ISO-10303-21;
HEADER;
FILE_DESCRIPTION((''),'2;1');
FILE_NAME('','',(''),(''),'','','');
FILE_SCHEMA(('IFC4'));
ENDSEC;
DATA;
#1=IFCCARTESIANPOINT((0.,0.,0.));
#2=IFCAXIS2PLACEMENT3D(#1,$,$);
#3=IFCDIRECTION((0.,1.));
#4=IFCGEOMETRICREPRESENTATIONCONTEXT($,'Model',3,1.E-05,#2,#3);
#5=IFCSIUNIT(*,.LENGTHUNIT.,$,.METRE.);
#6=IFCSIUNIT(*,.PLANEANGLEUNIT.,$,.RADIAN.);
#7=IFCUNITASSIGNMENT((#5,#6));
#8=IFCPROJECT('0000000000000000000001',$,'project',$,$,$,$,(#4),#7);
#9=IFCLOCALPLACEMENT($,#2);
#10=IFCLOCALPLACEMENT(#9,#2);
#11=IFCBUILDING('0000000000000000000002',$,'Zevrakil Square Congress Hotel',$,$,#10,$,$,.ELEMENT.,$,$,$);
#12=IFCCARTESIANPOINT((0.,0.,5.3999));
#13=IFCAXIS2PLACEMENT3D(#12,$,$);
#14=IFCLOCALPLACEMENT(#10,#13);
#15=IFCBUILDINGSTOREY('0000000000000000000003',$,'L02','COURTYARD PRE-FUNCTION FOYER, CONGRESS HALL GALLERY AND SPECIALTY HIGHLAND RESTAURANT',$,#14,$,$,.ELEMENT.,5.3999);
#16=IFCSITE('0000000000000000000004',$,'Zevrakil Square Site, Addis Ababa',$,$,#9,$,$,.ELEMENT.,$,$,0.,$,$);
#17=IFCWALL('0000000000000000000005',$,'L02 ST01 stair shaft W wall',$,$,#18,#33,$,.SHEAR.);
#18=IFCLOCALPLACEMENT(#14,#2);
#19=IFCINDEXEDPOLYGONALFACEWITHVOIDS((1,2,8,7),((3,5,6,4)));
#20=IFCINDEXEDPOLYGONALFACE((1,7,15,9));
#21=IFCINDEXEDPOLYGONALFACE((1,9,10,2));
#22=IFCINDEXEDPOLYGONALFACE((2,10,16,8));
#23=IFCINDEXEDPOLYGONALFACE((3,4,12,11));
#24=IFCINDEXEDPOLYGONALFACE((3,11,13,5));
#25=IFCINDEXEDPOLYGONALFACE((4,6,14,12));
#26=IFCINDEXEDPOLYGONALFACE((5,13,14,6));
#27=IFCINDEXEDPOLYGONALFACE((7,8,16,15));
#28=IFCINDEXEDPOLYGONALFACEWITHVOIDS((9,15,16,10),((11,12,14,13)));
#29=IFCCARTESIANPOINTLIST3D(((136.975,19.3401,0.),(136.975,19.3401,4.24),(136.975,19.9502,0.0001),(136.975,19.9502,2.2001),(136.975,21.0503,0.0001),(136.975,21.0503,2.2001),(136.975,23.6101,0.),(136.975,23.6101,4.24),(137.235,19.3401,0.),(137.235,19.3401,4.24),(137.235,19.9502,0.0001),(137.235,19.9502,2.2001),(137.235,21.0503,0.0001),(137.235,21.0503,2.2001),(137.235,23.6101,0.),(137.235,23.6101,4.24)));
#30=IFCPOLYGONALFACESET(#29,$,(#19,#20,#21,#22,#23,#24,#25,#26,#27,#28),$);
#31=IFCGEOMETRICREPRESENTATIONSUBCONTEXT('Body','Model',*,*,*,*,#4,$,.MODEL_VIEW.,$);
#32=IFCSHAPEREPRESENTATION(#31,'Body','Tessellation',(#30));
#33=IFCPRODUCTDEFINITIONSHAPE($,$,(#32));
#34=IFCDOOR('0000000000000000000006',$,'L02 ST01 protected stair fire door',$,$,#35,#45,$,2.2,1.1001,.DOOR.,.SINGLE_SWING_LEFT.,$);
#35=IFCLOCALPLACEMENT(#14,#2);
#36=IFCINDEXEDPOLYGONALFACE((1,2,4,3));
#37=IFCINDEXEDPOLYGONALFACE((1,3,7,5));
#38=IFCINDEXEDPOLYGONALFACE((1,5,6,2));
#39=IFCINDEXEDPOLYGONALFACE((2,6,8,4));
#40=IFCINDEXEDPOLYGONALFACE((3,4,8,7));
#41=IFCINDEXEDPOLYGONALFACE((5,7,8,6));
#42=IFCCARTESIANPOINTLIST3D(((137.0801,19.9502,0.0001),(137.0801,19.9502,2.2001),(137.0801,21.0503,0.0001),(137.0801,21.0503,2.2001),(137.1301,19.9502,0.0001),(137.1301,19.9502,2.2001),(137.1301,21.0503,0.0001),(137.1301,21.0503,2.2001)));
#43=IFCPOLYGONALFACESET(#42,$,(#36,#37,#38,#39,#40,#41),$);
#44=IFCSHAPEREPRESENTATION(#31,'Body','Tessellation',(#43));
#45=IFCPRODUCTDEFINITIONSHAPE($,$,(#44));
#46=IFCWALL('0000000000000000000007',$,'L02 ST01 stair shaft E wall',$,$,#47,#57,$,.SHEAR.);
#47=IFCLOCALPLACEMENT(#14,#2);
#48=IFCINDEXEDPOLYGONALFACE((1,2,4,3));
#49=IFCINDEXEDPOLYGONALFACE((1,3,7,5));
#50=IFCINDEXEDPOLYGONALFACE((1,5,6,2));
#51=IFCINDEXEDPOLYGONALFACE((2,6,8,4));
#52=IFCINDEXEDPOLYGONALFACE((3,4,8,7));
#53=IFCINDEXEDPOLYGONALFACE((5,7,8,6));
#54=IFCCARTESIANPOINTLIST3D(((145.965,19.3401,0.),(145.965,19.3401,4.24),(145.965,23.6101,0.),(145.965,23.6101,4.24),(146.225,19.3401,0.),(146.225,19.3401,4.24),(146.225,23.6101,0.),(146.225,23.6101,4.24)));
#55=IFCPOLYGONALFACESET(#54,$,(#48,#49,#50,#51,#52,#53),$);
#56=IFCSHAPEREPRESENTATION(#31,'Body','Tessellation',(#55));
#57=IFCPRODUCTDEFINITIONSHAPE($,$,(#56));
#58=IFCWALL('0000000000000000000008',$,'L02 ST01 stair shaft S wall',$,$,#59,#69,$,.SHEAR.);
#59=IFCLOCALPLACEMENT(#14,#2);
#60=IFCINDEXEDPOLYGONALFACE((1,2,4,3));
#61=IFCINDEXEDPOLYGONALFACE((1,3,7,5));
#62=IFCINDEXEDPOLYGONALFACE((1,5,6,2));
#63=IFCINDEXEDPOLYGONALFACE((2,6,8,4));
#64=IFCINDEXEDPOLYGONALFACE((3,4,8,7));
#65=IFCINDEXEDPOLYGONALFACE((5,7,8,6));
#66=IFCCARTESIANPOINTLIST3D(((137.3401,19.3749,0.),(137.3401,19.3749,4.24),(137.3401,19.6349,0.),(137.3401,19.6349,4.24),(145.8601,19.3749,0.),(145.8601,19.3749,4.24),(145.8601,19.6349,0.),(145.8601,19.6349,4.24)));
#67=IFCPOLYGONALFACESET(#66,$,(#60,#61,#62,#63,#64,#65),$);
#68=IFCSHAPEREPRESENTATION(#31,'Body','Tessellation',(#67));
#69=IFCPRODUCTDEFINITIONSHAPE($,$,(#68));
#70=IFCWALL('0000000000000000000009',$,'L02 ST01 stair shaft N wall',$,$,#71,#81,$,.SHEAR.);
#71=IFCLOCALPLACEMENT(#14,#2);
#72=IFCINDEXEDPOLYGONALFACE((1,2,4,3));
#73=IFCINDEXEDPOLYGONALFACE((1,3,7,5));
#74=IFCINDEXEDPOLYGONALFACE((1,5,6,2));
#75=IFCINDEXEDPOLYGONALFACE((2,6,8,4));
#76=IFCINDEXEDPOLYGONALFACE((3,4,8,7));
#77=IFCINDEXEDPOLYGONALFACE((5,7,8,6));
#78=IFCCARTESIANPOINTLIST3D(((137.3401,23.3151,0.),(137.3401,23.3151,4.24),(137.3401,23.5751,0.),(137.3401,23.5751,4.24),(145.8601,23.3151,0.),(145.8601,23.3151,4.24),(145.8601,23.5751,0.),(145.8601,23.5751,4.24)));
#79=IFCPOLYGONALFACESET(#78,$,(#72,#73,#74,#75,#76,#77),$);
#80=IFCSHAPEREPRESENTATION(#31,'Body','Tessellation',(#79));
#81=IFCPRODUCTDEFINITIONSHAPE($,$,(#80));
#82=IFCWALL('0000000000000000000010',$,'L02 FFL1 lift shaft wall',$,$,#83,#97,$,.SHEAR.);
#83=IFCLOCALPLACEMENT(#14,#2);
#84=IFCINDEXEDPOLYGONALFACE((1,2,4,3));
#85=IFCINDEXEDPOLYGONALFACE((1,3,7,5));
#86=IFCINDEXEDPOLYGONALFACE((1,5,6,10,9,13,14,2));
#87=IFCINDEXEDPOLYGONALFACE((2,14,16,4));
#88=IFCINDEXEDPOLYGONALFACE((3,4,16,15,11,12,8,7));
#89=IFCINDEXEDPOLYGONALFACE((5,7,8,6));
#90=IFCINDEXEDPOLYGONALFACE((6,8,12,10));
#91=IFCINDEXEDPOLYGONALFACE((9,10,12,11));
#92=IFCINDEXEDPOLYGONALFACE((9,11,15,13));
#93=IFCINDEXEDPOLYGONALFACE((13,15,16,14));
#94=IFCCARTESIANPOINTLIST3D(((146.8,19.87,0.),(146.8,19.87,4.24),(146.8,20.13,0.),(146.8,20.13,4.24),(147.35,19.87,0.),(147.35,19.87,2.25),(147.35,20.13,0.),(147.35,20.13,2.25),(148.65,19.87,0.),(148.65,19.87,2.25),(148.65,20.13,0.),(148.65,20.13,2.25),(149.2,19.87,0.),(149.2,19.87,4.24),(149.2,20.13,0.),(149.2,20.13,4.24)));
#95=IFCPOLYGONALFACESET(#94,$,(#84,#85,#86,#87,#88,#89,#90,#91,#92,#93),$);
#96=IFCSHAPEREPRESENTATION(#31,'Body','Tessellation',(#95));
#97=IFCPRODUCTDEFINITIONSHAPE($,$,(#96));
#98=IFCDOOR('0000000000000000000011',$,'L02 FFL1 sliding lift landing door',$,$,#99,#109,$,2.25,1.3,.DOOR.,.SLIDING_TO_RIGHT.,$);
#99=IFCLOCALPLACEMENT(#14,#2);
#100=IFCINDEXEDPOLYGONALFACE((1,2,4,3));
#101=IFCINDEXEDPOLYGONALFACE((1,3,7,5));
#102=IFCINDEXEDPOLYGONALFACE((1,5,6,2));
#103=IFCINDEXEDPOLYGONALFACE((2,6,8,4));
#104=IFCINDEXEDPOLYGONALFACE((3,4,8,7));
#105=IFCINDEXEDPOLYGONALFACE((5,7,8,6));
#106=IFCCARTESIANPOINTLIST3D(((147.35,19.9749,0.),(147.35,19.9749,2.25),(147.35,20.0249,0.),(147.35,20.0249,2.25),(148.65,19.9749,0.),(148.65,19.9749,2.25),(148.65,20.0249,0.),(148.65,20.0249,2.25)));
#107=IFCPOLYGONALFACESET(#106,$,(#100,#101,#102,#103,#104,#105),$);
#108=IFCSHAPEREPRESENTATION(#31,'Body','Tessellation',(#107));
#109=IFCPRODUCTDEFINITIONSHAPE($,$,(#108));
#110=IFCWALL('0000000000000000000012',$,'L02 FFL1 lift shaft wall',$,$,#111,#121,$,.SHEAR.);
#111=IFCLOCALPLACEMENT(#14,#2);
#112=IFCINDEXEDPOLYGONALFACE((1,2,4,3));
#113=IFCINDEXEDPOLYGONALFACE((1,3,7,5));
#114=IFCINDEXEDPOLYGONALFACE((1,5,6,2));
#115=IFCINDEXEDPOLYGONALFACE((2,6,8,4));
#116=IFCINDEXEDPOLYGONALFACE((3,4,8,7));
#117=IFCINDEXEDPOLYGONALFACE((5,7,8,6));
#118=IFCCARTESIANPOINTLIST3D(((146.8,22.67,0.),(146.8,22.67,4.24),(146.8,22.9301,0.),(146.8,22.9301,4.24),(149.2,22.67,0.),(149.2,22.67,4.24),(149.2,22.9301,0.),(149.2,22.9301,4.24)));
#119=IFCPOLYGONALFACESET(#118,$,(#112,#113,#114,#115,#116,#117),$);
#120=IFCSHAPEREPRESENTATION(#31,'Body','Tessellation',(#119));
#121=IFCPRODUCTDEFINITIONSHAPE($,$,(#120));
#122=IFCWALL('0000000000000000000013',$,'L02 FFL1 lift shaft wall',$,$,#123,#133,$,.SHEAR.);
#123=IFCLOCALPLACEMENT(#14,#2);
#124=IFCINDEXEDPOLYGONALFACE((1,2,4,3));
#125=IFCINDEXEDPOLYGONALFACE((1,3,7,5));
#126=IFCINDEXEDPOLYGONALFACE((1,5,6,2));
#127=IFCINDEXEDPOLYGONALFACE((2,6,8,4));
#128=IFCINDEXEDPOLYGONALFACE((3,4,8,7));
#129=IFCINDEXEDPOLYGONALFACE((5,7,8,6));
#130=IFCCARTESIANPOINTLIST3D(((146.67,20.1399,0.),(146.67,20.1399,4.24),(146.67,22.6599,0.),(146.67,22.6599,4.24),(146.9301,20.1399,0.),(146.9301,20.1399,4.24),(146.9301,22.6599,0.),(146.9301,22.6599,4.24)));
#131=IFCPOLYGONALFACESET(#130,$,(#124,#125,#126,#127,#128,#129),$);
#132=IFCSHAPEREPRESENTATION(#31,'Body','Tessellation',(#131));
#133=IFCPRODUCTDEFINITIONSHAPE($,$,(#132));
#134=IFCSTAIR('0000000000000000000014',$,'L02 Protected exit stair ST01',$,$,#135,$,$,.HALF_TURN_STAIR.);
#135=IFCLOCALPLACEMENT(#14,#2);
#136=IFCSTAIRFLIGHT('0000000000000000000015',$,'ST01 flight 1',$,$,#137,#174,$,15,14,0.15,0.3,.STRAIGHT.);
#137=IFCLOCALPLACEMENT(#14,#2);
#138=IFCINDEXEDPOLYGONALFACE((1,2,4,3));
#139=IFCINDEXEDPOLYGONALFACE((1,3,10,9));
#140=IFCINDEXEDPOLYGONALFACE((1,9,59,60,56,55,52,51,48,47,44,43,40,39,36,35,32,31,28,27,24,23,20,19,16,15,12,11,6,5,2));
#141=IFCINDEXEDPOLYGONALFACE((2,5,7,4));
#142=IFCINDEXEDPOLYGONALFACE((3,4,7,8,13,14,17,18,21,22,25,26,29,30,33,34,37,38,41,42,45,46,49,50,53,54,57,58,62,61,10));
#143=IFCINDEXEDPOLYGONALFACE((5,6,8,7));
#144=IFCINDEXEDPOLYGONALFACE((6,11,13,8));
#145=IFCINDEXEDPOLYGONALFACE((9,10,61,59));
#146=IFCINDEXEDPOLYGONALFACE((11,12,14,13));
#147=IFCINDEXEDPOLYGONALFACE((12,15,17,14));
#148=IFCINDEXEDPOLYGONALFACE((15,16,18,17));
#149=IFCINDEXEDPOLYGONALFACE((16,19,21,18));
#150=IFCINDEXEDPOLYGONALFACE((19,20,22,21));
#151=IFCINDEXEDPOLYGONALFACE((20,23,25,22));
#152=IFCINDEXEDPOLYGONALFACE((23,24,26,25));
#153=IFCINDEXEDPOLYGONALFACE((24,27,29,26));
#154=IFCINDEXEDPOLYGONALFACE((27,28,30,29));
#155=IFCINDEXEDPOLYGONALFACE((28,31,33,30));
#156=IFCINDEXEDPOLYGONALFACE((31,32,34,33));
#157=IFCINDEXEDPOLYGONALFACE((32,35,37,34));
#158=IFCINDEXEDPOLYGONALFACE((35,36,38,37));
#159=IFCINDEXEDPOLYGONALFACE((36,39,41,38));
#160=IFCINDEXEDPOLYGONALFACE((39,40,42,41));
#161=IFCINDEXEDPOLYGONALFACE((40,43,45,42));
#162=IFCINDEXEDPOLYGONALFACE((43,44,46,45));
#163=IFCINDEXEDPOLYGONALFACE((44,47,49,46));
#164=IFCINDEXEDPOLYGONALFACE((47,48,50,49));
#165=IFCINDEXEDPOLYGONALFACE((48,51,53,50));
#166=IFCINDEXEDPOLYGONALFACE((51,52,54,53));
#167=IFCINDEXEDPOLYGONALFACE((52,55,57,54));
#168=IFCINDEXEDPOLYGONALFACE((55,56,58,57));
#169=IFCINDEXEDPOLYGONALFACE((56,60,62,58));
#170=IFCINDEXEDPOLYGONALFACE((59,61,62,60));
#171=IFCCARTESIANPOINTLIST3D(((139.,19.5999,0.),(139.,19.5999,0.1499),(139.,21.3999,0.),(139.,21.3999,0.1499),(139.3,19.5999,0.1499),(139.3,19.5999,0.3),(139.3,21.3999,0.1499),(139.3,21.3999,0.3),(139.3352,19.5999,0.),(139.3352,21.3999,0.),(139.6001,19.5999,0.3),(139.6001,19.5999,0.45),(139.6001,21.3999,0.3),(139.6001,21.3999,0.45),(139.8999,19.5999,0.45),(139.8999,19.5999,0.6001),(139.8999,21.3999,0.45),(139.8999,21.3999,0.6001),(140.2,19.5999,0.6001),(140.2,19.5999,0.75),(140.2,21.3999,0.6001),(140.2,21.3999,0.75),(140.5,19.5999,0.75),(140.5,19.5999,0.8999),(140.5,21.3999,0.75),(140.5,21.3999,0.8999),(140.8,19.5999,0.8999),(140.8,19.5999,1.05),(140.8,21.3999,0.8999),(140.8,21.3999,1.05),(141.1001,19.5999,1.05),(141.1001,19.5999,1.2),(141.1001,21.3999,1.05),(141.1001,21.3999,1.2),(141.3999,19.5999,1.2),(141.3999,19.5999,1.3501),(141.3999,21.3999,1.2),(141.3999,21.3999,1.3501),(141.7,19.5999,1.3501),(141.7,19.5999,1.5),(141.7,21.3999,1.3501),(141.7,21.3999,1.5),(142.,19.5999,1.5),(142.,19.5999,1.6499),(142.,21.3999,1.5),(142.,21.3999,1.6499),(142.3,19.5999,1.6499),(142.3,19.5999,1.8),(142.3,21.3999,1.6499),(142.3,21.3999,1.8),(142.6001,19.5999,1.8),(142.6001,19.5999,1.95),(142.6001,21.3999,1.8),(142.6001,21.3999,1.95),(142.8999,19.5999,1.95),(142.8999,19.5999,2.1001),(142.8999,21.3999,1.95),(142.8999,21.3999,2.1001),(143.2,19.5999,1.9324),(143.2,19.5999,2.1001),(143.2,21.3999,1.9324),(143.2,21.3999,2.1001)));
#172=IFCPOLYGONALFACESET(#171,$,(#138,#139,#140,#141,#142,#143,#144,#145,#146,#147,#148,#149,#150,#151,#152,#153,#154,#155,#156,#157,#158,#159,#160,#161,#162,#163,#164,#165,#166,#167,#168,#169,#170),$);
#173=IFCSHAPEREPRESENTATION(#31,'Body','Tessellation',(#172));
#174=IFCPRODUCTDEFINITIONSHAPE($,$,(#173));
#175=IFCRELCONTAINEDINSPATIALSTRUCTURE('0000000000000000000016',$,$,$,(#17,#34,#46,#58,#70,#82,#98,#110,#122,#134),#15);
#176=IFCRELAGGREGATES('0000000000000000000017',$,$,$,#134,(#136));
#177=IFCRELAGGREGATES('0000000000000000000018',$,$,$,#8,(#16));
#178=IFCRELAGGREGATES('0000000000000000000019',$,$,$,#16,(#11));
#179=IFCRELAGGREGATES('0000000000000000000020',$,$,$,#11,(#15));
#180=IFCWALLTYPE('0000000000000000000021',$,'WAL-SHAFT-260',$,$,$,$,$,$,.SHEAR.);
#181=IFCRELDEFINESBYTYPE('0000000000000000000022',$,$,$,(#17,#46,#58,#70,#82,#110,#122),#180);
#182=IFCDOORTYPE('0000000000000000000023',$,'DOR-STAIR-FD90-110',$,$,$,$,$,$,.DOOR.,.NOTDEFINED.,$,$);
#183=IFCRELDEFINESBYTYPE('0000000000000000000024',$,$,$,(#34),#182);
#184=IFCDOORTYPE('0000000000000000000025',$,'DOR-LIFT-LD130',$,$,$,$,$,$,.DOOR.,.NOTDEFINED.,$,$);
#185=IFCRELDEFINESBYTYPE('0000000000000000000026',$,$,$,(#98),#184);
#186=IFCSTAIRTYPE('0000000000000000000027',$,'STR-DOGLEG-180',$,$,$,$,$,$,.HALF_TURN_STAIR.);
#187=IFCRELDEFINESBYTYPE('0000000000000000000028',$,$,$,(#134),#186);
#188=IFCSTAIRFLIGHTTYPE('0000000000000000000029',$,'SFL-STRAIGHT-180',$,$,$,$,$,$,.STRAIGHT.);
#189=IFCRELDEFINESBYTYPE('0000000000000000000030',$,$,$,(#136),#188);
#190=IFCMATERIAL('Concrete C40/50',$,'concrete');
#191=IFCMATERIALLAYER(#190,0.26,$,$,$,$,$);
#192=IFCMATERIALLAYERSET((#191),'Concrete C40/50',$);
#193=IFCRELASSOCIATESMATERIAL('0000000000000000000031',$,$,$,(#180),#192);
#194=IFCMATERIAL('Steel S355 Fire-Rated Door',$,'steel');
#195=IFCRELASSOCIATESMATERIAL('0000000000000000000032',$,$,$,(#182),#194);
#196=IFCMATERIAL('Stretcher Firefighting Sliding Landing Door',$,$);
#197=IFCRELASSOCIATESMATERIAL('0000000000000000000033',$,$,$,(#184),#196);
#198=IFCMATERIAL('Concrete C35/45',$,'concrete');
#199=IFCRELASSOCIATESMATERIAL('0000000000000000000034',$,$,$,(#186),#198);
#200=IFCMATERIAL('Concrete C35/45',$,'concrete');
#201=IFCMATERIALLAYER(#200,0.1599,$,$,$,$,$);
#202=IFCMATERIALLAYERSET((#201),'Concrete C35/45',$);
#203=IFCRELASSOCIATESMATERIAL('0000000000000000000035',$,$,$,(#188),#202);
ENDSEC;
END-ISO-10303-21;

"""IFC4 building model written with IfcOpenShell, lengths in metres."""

from ifc_helpers import new_model, si_unit, direction, frame, frame_2d, origin, place, context, subcontext, project, spatial, polyline, rectangle, outline, extrude, material, layer, layer_set, type_object, element, fill, aggregate, save


model = new_model("IFC4")

# Units and contexts
model_context = context("Model", 3, precision=1e-05, world=origin(), true_north=direction((0.0, 1.0)))
body_context = subcontext(model_context, "Body", "Model", "MODEL_VIEW")
ifc_project = project(units=[si_unit("LENGTHUNIT", "METRE"), si_unit("PLANEANGLEUNIT", "RADIAN")], contexts=[model_context])

# Site, building, storey
site_placement = place(None, origin())
site = spatial("IfcSite", under=ifc_project, at=site_placement, Name="Zevrakil Square Site, Addis Ababa", CompositionType="ELEMENT", RefElevation=0.0)
building_placement = place(site_placement, origin())
building = spatial("IfcBuilding", under=site, at=building_placement, Name="Zevrakil Square Congress Hotel", CompositionType="ELEMENT")
storey_placement = place(building_placement, frame((0.0, 0.0, 5.3999)))
storey = spatial("IfcBuildingStorey", under=building, at=storey_placement, Name="L02", Description="COURTYARD PRE-FUNCTION FOYER, CONGRESS HALL GALLERY AND SPECIALTY HIGHLAND RESTAURANT", CompositionType="ELEMENT", Elevation=5.3999)

# Wall, opening, door
ifc_material_1 = material(Name="Concrete C40/50", Category="concrete")
ifc_layer_1 = layer(ifc_material_1, 0.26)
ifc_layer_set_1 = layer_set([ifc_layer_1], Name="Concrete C40/50")
wall_type = type_object("IfcWallType", Name="WAL-SHAFT-260", PredefinedType="SHEAR", material=ifc_layer_set_1)
wall_1_placement = place(storey_placement, frame((137.105, 19.3401, 0.0), z_axis=(0.0, 0.0, 1.0), x_axis=(0.0, 1.0, 0.0)))
wall_1 = element("IfcWall", 1, at=wall_1_placement, inside=storey, type_object=wall_type, Name="L02 ST01 stair shaft W wall", PredefinedType="SHEAR", context=body_context, shape_type="SweptSolid", body=[
    extrude(rectangle(XDim=4.27, YDim=0.26, at=frame_2d((2.135, 0.0))), origin(), (0.0, 0.0, 1.0), 4.24),
])
opening_1_placement = place(wall_1_placement, frame((0.6101, 0.0, 0.0)))
opening_1 = element("IfcOpeningElement", 2, at=opening_1_placement, cuts=wall_1, PredefinedType="OPENING", context=body_context, shape_type="SweptSolid", body=[
    extrude(rectangle(XDim=1.1001, YDim=2.2, at=frame_2d((0.55, 1.1001))), frame((0.0, 0.1401, 0.0), z_axis=(0.0, -1.0, 0.0), x_axis=(1.0, 0.0, 0.0)), (0.0, 0.0, 1.0), 0.28),
])
ifc_material_2 = material(Name="Steel S355 Fire-Rated Door", Category="steel")
door_type_1 = type_object("IfcDoorType", Name="DOR-STAIR-FD90-110", OperationType="NOTDEFINED", PredefinedType="DOOR", material=ifc_material_2)
door_1_placement = place(opening_1_placement, origin())
door_1 = element("IfcDoor", 3, at=door_1_placement, inside=storey, type_object=door_type_1, Name="L02 ST01 protected stair fire door", OperationType="SINGLE_SWING_LEFT", OverallHeight=2.2, OverallWidth=1.1001, PredefinedType="DOOR", context=body_context, shape_type="SweptSolid", body=[
    extrude(rectangle(XDim=1.1001, YDim=2.2, at=frame_2d((0.55, 1.1001))), frame((0.0, 0.0249, 0.0), z_axis=(0.0, -1.0, 0.0), x_axis=(1.0, 0.0, 0.0)), (0.0, 0.0, 1.0), 0.05),
])
fill(opening_1, door_1)

# Walls
wall_2_placement = place(storey_placement, frame((146.095, 19.3401, 0.0), z_axis=(0.0, 0.0, 1.0), x_axis=(0.0, 1.0, 0.0)))
element("IfcWall", 4, at=wall_2_placement, inside=storey, type_object=wall_type, Name="L02 ST01 stair shaft E wall", PredefinedType="SHEAR", context=body_context, shape_type="SweptSolid", body=[
    extrude(rectangle(XDim=4.27, YDim=0.26, at=frame_2d((2.135, 0.0))), origin(), (0.0, 0.0, 1.0), 4.24),
])
for number, where, z_axis, x_axis, name in (
    (5, (137.3401, 19.5049, 0.0), (0.0, 0.0, 1.0), (1.0, 0.0, 0.0), "L02 ST01 stair shaft S wall"),
    (6, (137.3401, 23.4451, 0.0), (0.0, 0.0, 1.0), (1.0, 0.0, 0.0), "L02 ST01 stair shaft N wall"),
):
    element("IfcWall", number, at=place(storey_placement, frame(where, z_axis=z_axis, x_axis=x_axis)), inside=storey, type_object=wall_type, Name=name, PredefinedType="SHEAR", context=body_context, shape_type="SweptSolid", body=[
        extrude(rectangle(XDim=8.52, YDim=0.26, at=frame_2d((4.26, 0.0))), origin(), (0.0, 0.0, 1.0), 4.24),
    ])

# Wall, opening, door
wall_3_placement = place(storey_placement, frame((146.8, 20.0, 0.0), z_axis=(0.0, 0.0, 1.0), x_axis=(1.0, 0.0, 0.0)))
wall_3 = element("IfcWall", 7, at=wall_3_placement, inside=storey, type_object=wall_type, Name="L02 FFL1 lift shaft wall", PredefinedType="SHEAR", context=body_context, shape_type="SweptSolid", body=[
    extrude(rectangle(XDim=2.3999, YDim=0.26, at=frame_2d((1.2, 0.0))), origin(), (0.0, 0.0, 1.0), 4.24),
])
opening_2_placement = place(wall_3_placement, frame((0.55, 0.0, 0.0)))
opening_2 = element("IfcOpeningElement", 8, at=opening_2_placement, cuts=wall_3, PredefinedType="OPENING", context=body_context, shape_type="SweptSolid", body=[
    extrude(rectangle(XDim=1.3, YDim=2.25, at=frame_2d((0.6499, 1.125))), frame((0.0, 0.1401, 0.0), z_axis=(0.0, -1.0, 0.0), x_axis=(1.0, 0.0, 0.0)), (0.0, 0.0, 1.0), 0.28),
])
ifc_material_3 = material(Name="Stretcher Firefighting Sliding Landing Door")
door_type_2 = type_object("IfcDoorType", Name="DOR-LIFT-LD130", OperationType="NOTDEFINED", PredefinedType="DOOR", material=ifc_material_3)
door_2_placement = place(opening_2_placement, origin())
door_2 = element("IfcDoor", 9, at=door_2_placement, inside=storey, type_object=door_type_2, Name="L02 FFL1 sliding lift landing door", OperationType="SLIDING_TO_RIGHT", OverallHeight=2.25, OverallWidth=1.3, PredefinedType="DOOR", context=body_context, shape_type="SweptSolid", body=[
    extrude(rectangle(XDim=1.3, YDim=2.25, at=frame_2d((0.6499, 1.125))), frame((0.0, 0.0249, 0.0), z_axis=(0.0, -1.0, 0.0), x_axis=(1.0, 0.0, 0.0)), (0.0, 0.0, 1.0), 0.05),
])
fill(opening_2, door_2)

# Walls
wall_4_placement = place(storey_placement, frame((146.8, 22.8, 0.0), z_axis=(0.0, 0.0, 1.0), x_axis=(1.0, 0.0, 0.0)))
element("IfcWall", 10, at=wall_4_placement, inside=storey, type_object=wall_type, Name="L02 FFL1 lift shaft wall", PredefinedType="SHEAR", context=body_context, shape_type="SweptSolid", body=[
    extrude(rectangle(XDim=2.3999, YDim=0.26, at=frame_2d((1.2, 0.0))), origin(), (0.0, 0.0, 1.0), 4.24),
])
wall_5_placement = place(storey_placement, frame((146.8, 20.1399, 0.0), z_axis=(0.0, 0.0, 1.0), x_axis=(0.0, 1.0, 0.0)))
element("IfcWall", 11, at=wall_5_placement, inside=storey, type_object=wall_type, Name="L02 FFL1 lift shaft wall", PredefinedType="SHEAR", context=body_context, shape_type="SweptSolid", body=[
    extrude(rectangle(XDim=2.52, YDim=0.26, at=frame_2d((1.26, 0.0))), origin(), (0.0, 0.0, 1.0), 4.24),
])

# Stair, stair flight
ifc_material_4 = material(Name="Concrete C35/45", Category="concrete")
stair_type = type_object("IfcStairType", Name="STR-DOGLEG-180", PredefinedType="HALF_TURN_STAIR", material=ifc_material_4)
stair_placement = place(storey_placement, origin())
stair = element("IfcStair", 12, at=stair_placement, inside=storey, type_object=stair_type, Name="L02 Protected exit stair ST01", PredefinedType="HALF_TURN_STAIR")
ifc_material_5 = material(Name="Concrete C35/45", Category="concrete")
ifc_layer_2 = layer(ifc_material_5, 0.1599)
ifc_layer_set_2 = layer_set([ifc_layer_2], Name="Concrete C35/45")
stair_flight_type = type_object("IfcStairFlightType", Name="SFL-STRAIGHT-180", PredefinedType="STRAIGHT", material=ifc_layer_set_2)
stair_flight_1_placement = place(storey_placement, frame((139.0, 20.5, 0.0), z_axis=(0.0, 0.0, 1.0), x_axis=(1.0, 0.0, 0.0)))
stair_flight_1 = element("IfcStairFlight", 13, at=stair_flight_1_placement, type_object=stair_flight_type, Name="ST01 flight 1", NumberOfRisers=15, NumberOfTreads=14, PredefinedType="STRAIGHT", RiserHeight=0.15, TreadLength=0.3, context=body_context, shape_type="SweptSolid", body=[
    extrude(outline(polyline([(0.0, 0.0), (0.0, 0.1499), (0.3, 0.1499), (0.3, 0.3), (0.6001, 0.3), (0.6001, 0.45), (0.8999, 0.45), (0.8999, 0.6001), (1.2, 0.6001), (1.2, 0.75), (1.5, 0.75), (1.5, 0.8999), (1.8, 0.8999), (1.8, 1.05), (2.1001, 1.05), (2.1001, 1.2), (2.3999, 1.2), (2.3999, 1.3501), (2.7, 1.3501), (2.7, 1.5), (3.0, 1.5), (3.0, 1.6499), (3.3, 1.6499), (3.3, 1.8), (3.6001, 1.8), (3.6001, 1.95), (3.8999, 1.95), (3.8999, 2.1001), (4.2, 2.1001), (4.2, 2.25), (4.2, 1.9324), (0.3352, 0.0), (0.0, 0.0)])), frame((0.0, 0.8999, 0.0), z_axis=(0.0, -1.0, 0.0), x_axis=(1.0, 0.0, 0.0)), (0.0, 0.0, 1.0), 1.8),
])
aggregate(stair, [stair_flight_1])

save(model, "model.ifc")
